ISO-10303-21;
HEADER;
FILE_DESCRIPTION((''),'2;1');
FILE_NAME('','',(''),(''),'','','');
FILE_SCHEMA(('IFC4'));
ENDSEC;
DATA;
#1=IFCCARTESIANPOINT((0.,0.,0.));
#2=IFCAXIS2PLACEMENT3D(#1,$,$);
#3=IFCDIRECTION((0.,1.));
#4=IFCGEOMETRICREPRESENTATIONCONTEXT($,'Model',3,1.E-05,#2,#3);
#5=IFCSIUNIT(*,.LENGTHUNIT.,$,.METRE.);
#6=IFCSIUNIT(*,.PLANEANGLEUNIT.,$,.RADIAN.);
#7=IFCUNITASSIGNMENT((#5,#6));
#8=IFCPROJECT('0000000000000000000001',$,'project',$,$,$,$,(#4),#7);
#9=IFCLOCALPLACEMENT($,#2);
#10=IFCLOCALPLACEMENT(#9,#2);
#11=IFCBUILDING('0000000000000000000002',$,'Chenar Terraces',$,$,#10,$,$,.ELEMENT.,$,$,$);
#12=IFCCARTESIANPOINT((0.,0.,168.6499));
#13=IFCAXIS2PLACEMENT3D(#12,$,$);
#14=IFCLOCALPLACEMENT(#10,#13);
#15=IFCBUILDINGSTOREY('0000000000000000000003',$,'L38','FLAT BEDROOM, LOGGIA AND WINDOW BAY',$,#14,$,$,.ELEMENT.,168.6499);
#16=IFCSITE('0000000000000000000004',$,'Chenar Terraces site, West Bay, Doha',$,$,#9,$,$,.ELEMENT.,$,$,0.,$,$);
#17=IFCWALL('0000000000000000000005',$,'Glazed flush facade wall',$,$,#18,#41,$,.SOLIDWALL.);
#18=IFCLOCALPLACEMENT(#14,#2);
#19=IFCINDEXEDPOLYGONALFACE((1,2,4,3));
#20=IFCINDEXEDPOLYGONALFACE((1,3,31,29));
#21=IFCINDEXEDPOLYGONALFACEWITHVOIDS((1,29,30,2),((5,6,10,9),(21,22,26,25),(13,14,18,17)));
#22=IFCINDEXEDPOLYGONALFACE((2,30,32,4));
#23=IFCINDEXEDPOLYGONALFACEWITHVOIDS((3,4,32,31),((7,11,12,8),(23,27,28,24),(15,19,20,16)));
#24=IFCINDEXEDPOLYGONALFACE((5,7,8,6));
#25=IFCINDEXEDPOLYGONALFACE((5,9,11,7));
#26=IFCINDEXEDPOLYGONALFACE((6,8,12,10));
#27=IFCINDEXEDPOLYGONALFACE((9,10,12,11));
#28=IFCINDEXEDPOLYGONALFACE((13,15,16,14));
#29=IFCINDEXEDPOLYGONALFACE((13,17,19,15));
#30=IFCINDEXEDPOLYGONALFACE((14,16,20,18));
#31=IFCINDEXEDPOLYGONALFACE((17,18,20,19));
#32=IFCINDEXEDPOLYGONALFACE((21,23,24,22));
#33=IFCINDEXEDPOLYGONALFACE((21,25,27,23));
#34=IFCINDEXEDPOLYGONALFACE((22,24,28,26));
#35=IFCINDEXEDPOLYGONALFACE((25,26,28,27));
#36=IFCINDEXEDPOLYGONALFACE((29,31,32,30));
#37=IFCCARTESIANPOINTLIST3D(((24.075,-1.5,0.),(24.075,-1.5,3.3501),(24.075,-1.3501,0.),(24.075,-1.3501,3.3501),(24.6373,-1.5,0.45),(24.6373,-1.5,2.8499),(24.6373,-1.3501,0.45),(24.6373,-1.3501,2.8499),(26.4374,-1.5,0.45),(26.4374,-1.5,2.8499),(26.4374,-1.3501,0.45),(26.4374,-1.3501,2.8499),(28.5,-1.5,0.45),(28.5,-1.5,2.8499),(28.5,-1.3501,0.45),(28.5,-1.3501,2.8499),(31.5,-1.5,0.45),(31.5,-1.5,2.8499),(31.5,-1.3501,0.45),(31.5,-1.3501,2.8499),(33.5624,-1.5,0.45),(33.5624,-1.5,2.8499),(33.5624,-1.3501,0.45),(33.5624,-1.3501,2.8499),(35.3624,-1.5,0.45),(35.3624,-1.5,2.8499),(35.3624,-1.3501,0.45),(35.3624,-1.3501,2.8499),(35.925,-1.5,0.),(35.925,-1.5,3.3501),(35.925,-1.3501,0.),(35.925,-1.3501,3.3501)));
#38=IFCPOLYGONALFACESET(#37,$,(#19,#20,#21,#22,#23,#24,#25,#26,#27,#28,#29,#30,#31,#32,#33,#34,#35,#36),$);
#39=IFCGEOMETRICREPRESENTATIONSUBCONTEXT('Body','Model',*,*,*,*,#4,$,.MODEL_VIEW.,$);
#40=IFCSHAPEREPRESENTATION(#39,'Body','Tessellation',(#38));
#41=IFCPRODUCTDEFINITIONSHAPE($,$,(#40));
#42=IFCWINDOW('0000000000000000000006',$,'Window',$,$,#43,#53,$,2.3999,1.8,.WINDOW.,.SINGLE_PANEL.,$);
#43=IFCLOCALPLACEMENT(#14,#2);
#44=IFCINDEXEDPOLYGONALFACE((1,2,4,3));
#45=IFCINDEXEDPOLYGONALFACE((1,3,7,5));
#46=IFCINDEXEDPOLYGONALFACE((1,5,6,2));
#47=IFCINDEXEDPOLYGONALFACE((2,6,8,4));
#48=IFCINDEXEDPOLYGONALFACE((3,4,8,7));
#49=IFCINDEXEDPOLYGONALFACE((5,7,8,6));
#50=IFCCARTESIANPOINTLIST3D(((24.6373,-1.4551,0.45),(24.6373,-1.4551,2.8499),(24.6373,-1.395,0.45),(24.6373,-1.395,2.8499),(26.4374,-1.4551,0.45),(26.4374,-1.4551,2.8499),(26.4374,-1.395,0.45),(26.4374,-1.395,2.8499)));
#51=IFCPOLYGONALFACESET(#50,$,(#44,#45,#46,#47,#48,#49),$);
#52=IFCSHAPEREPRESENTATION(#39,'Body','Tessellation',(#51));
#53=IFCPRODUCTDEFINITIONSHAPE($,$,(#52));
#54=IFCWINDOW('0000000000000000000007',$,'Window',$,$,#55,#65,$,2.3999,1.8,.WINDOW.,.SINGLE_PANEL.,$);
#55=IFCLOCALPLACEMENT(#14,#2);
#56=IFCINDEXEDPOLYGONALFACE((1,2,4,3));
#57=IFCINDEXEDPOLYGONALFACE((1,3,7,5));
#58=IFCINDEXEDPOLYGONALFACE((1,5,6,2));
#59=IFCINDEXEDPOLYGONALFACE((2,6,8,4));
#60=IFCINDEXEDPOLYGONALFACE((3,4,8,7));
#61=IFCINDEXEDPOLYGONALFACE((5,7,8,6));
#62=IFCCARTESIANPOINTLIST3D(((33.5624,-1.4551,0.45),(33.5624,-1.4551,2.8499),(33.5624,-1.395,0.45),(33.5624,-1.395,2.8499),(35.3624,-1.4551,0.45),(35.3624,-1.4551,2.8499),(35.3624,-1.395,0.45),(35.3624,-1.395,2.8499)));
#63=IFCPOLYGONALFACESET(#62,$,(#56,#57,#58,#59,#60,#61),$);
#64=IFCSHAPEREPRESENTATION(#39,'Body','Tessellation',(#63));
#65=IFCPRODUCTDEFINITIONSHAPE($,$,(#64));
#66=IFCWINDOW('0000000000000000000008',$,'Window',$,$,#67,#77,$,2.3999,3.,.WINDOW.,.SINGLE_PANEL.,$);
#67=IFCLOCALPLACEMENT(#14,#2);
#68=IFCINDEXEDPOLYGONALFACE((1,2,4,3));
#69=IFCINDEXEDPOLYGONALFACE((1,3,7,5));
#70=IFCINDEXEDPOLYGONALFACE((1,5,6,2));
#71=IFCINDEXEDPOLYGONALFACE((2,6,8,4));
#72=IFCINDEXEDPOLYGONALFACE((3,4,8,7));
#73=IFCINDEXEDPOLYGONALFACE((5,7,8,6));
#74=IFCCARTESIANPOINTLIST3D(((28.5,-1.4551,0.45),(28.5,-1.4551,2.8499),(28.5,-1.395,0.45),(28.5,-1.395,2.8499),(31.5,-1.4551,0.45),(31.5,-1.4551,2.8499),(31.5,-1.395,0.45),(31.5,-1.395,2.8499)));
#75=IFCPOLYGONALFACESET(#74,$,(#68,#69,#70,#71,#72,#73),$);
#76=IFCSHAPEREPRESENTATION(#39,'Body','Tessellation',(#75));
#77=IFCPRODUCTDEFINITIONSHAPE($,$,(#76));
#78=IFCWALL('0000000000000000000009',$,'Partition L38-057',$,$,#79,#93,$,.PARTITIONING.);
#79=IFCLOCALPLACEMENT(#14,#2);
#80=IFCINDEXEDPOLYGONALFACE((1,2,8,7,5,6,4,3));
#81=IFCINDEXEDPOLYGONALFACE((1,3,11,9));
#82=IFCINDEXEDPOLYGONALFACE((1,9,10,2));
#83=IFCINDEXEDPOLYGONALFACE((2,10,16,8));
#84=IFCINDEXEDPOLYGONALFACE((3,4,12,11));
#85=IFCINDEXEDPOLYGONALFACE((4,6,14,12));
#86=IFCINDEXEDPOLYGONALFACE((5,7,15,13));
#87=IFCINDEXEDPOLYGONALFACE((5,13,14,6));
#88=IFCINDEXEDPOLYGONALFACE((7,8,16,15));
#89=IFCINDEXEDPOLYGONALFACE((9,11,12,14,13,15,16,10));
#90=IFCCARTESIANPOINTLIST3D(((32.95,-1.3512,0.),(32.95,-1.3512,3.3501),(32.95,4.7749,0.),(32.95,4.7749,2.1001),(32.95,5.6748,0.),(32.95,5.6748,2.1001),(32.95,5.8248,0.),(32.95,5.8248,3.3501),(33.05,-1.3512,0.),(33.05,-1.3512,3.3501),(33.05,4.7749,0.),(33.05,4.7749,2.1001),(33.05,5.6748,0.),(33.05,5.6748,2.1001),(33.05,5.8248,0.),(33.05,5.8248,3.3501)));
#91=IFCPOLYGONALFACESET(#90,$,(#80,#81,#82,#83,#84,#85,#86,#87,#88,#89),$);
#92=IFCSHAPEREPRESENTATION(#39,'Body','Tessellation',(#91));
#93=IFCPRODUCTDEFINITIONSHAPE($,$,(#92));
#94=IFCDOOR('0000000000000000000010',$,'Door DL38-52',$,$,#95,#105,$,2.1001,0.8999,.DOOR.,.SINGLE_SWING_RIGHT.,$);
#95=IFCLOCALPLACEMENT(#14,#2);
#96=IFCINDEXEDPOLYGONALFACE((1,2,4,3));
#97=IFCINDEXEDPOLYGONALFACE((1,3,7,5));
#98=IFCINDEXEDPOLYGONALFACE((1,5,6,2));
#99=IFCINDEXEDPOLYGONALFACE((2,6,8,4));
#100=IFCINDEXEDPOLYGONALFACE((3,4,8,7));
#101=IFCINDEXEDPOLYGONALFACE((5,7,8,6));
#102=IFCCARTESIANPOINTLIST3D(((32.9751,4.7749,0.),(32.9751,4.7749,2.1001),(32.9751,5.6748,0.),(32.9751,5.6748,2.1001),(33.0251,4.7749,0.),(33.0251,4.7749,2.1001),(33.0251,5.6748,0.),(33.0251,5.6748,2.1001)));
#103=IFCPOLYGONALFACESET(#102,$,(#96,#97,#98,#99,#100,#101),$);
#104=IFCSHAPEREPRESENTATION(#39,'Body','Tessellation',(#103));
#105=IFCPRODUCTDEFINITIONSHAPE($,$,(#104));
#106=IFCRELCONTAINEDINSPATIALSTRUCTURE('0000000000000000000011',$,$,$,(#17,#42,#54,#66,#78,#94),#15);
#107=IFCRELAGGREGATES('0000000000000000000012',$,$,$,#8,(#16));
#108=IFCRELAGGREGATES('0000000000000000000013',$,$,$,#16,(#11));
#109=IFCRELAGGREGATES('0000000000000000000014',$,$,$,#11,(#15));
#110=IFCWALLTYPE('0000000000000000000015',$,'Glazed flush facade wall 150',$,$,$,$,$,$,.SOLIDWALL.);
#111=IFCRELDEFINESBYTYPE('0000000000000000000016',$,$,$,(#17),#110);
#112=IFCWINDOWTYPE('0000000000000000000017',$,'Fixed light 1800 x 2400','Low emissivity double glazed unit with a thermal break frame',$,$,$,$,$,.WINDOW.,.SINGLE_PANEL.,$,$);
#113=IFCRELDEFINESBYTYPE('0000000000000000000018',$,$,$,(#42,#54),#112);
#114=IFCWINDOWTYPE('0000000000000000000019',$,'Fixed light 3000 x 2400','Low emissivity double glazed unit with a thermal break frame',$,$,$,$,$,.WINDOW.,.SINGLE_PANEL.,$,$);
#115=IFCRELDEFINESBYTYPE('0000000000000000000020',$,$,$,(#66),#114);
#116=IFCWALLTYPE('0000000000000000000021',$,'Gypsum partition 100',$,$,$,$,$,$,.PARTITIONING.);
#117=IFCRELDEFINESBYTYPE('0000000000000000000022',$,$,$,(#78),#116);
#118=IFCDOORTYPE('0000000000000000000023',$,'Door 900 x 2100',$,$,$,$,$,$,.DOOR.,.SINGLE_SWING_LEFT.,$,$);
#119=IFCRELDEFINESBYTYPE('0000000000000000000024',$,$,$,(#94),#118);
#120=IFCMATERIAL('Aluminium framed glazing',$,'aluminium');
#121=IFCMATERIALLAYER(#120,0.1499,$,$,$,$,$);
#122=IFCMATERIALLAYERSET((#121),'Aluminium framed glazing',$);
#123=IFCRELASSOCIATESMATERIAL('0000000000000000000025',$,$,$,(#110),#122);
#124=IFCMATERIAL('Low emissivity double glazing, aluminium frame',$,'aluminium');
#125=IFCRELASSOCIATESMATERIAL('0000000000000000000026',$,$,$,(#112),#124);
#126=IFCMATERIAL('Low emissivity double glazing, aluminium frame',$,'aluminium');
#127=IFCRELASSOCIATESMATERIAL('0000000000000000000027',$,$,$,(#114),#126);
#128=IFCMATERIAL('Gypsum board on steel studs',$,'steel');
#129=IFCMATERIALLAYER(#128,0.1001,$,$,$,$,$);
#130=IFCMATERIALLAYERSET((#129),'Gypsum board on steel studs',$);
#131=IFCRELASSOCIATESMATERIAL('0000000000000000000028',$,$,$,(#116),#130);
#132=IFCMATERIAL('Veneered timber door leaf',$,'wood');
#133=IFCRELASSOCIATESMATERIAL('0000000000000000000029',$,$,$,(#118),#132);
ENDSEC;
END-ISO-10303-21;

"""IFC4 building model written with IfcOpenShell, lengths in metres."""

from ifc_helpers import new_model, si_unit, direction, frame, frame_2d, origin, place, context, subcontext, project, spatial, rectangle, extrude, material, layer, layer_set, type_object, element, fill, save


model = new_model("IFC4")

# Units and contexts
model_context = context("Model", 3, precision=1e-05, world=origin(), true_north=direction((0.0, 1.0)))
body_context = subcontext(model_context, "Body", "Model", "MODEL_VIEW")
ifc_project = project(units=[si_unit("LENGTHUNIT", "METRE"), si_unit("PLANEANGLEUNIT", "RADIAN")], contexts=[model_context])

# Site, building, storey
site_placement = place(None, origin())
site = spatial("IfcSite", under=ifc_project, at=site_placement, Name="Chenar Terraces site, West Bay, Doha", CompositionType="ELEMENT", RefElevation=0.0)
building_placement = place(site_placement, origin())
building = spatial("IfcBuilding", under=site, at=building_placement, Name="Chenar Terraces", CompositionType="ELEMENT")
storey_placement = place(building_placement, frame((0.0, 0.0, 168.6499)))
storey = spatial("IfcBuildingStorey", under=building, at=storey_placement, Name="L38", Description="FLAT BEDROOM, LOGGIA AND WINDOW BAY", CompositionType="ELEMENT", Elevation=168.6499)

# Wall, openings, windows
ifc_material_1 = material(Name="Aluminium framed glazing", Category="aluminium")
ifc_layer_1 = layer(ifc_material_1, 0.1499)
ifc_layer_set_1 = layer_set([ifc_layer_1], Name="Aluminium framed glazing")
wall_type_1 = type_object("IfcWallType", Name="Glazed flush facade wall 150", PredefinedType="SOLIDWALL", material=ifc_layer_set_1)
wall_1_placement = place(storey_placement, frame((24.075, -1.425, 0.0), z_axis=(0.0, 0.0, 1.0), x_axis=(1.0, 0.0, 0.0)))
wall_1 = element("IfcWall", 1, at=wall_1_placement, inside=storey, type_object=wall_type_1, Name="Glazed flush facade wall", PredefinedType="SOLIDWALL", context=body_context, shape_type="SweptSolid", body=[
    extrude(rectangle(XDim=11.8501, YDim=0.1499, at=frame_2d((5.925, 0.0))), origin(), (0.0, 0.0, 1.0), 3.3501),
])
opening_1_placement = place(wall_1_placement, frame((0.5625, 0.0, 0.45)))
opening_1 = element("IfcOpeningElement", 2, at=opening_1_placement, cuts=wall_1, PredefinedType="OPENING", context=body_context, shape_type="SweptSolid", body=[
    extrude(rectangle(XDim=1.8, YDim=2.3999, at=frame_2d((0.8999, 1.2))), frame((0.0, 0.085, 0.0), z_axis=(0.0, -1.0, 0.0), x_axis=(1.0, 0.0, 0.0)), (0.0, 0.0, 1.0), 0.1699),
])
opening_2_placement = place(wall_1_placement, frame((4.425, 0.0, 0.45)))
opening_2 = element("IfcOpeningElement", 3, at=opening_2_placement, cuts=wall_1, PredefinedType="OPENING", context=body_context, shape_type="SweptSolid", body=[
    extrude(rectangle(XDim=3.0, YDim=2.3999, at=frame_2d((1.5, 1.2))), frame((0.0, 0.085, 0.0), z_axis=(0.0, -1.0, 0.0), x_axis=(1.0, 0.0, 0.0)), (0.0, 0.0, 1.0), 0.1699),
])
opening_3_placement = place(wall_1_placement, frame((9.4875, 0.0, 0.45)))
opening_3 = element("IfcOpeningElement", 4, at=opening_3_placement, cuts=wall_1, PredefinedType="OPENING", context=body_context, shape_type="SweptSolid", body=[
    extrude(rectangle(XDim=1.8, YDim=2.3999, at=frame_2d((0.8999, 1.2))), frame((0.0, 0.085, 0.0), z_axis=(0.0, -1.0, 0.0), x_axis=(1.0, 0.0, 0.0)), (0.0, 0.0, 1.0), 0.1699),
])
ifc_material_2 = material(Name="Low emissivity double glazing, aluminium frame", Category="aluminium")
window_type_1 = type_object("IfcWindowType", Name="Fixed light 1800 x 2400", Description="Low emissivity double glazed unit with a thermal break frame", PartitioningType="SINGLE_PANEL", PredefinedType="WINDOW", material=ifc_material_2)
window_1_placement = place(opening_1_placement, origin())
window_1 = element("IfcWindow", 5, at=window_1_placement, inside=storey, type_object=window_type_1, Name="Window", OverallHeight=2.3999, OverallWidth=1.8, PartitioningType="SINGLE_PANEL", PredefinedType="WINDOW", context=body_context, shape_type="SweptSolid", body=[
    extrude(rectangle(XDim=1.8, YDim=2.3999, at=frame_2d((0.8999, 1.2))), frame((0.0, 0.03, 0.0), z_axis=(0.0, -1.0, 0.0), x_axis=(1.0, 0.0, 0.0)), (0.0, 0.0, 1.0), 0.0601),
])
fill(opening_1, window_1)
window_2_placement = place(opening_3_placement, origin())
window_2 = element("IfcWindow", 6, at=window_2_placement, inside=storey, type_object=window_type_1, Name="Window", OverallHeight=2.3999, OverallWidth=1.8, PartitioningType="SINGLE_PANEL", PredefinedType="WINDOW", context=body_context, shape_type="SweptSolid", body=[
    extrude(rectangle(XDim=1.8, YDim=2.3999, at=frame_2d((0.8999, 1.2))), frame((0.0, 0.03, 0.0), z_axis=(0.0, -1.0, 0.0), x_axis=(1.0, 0.0, 0.0)), (0.0, 0.0, 1.0), 0.0601),
])
fill(opening_3, window_2)
ifc_material_3 = material(Name="Low emissivity double glazing, aluminium frame", Category="aluminium")
window_type_2 = type_object("IfcWindowType", Name="Fixed light 3000 x 2400", Description="Low emissivity double glazed unit with a thermal break frame", PartitioningType="SINGLE_PANEL", PredefinedType="WINDOW", material=ifc_material_3)
window_3_placement = place(opening_2_placement, origin())
window_3 = element("IfcWindow", 7, at=window_3_placement, inside=storey, type_object=window_type_2, Name="Window", OverallHeight=2.3999, OverallWidth=3.0, PartitioningType="SINGLE_PANEL", PredefinedType="WINDOW", context=body_context, shape_type="SweptSolid", body=[
    extrude(rectangle(XDim=3.0, YDim=2.3999, at=frame_2d((1.5, 1.2))), frame((0.0, 0.03, 0.0), z_axis=(0.0, -1.0, 0.0), x_axis=(1.0, 0.0, 0.0)), (0.0, 0.0, 1.0), 0.0601),
])
fill(opening_2, window_3)

# Wall, opening, door
ifc_material_4 = material(Name="Gypsum board on steel studs", Category="steel")
ifc_layer_2 = layer(ifc_material_4, 0.1001)
ifc_layer_set_2 = layer_set([ifc_layer_2], Name="Gypsum board on steel studs")
wall_type_2 = type_object("IfcWallType", Name="Gypsum partition 100", PredefinedType="PARTITIONING", material=ifc_layer_set_2)
wall_2_placement = place(storey_placement, frame((33.0, -1.3511, 0.0), z_axis=(0.0, 0.0, 1.0), x_axis=(0.0, 1.0, 0.0)))
wall_2 = element("IfcWall", 8, at=wall_2_placement, inside=storey, type_object=wall_type_2, Name="Partition L38-057", PredefinedType="PARTITIONING", context=body_context, shape_type="SweptSolid", body=[
    extrude(rectangle(XDim=7.176, YDim=0.1001, at=frame_2d((3.5879, 0.0))), origin(), (0.0, 0.0, 1.0), 3.3501),
])
opening_4_placement = place(wall_2_placement, frame((6.126, 0.0, 0.0)))
opening_4 = element("IfcOpeningElement", 9, at=opening_4_placement, cuts=wall_2, PredefinedType="OPENING", context=body_context, shape_type="SweptSolid", body=[
    extrude(rectangle(XDim=0.8999, YDim=2.1001, at=frame_2d((0.45, 1.05))), frame((0.0, 0.0601, 0.0), z_axis=(0.0, -1.0, 0.0), x_axis=(1.0, 0.0, 0.0)), (0.0, 0.0, 1.0), 0.1201),
])
ifc_material_5 = material(Name="Veneered timber door leaf", Category="wood")
door_type_1 = type_object("IfcDoorType", Name="Door 900 x 2100", OperationType="SINGLE_SWING_LEFT", PredefinedType="DOOR", material=ifc_material_5)
door_1_placement = place(opening_4_placement, origin())
door_1 = element("IfcDoor", 10, at=door_1_placement, inside=storey, type_object=door_type_1, Name="Door DL38-52", OperationType="SINGLE_SWING_RIGHT", OverallHeight=2.1001, OverallWidth=0.8999, PredefinedType="DOOR", context=body_context, shape_type="SweptSolid", body=[
    extrude(rectangle(XDim=0.8999, YDim=2.1001, at=frame_2d((0.45, 1.05))), frame((0.0, 0.0249, 0.0), z_axis=(0.0, -1.0, 0.0), x_axis=(1.0, 0.0, 0.0)), (0.0, 0.0, 1.0), 0.05),
])
fill(opening_4, door_1)

save(model, "model.ifc")
